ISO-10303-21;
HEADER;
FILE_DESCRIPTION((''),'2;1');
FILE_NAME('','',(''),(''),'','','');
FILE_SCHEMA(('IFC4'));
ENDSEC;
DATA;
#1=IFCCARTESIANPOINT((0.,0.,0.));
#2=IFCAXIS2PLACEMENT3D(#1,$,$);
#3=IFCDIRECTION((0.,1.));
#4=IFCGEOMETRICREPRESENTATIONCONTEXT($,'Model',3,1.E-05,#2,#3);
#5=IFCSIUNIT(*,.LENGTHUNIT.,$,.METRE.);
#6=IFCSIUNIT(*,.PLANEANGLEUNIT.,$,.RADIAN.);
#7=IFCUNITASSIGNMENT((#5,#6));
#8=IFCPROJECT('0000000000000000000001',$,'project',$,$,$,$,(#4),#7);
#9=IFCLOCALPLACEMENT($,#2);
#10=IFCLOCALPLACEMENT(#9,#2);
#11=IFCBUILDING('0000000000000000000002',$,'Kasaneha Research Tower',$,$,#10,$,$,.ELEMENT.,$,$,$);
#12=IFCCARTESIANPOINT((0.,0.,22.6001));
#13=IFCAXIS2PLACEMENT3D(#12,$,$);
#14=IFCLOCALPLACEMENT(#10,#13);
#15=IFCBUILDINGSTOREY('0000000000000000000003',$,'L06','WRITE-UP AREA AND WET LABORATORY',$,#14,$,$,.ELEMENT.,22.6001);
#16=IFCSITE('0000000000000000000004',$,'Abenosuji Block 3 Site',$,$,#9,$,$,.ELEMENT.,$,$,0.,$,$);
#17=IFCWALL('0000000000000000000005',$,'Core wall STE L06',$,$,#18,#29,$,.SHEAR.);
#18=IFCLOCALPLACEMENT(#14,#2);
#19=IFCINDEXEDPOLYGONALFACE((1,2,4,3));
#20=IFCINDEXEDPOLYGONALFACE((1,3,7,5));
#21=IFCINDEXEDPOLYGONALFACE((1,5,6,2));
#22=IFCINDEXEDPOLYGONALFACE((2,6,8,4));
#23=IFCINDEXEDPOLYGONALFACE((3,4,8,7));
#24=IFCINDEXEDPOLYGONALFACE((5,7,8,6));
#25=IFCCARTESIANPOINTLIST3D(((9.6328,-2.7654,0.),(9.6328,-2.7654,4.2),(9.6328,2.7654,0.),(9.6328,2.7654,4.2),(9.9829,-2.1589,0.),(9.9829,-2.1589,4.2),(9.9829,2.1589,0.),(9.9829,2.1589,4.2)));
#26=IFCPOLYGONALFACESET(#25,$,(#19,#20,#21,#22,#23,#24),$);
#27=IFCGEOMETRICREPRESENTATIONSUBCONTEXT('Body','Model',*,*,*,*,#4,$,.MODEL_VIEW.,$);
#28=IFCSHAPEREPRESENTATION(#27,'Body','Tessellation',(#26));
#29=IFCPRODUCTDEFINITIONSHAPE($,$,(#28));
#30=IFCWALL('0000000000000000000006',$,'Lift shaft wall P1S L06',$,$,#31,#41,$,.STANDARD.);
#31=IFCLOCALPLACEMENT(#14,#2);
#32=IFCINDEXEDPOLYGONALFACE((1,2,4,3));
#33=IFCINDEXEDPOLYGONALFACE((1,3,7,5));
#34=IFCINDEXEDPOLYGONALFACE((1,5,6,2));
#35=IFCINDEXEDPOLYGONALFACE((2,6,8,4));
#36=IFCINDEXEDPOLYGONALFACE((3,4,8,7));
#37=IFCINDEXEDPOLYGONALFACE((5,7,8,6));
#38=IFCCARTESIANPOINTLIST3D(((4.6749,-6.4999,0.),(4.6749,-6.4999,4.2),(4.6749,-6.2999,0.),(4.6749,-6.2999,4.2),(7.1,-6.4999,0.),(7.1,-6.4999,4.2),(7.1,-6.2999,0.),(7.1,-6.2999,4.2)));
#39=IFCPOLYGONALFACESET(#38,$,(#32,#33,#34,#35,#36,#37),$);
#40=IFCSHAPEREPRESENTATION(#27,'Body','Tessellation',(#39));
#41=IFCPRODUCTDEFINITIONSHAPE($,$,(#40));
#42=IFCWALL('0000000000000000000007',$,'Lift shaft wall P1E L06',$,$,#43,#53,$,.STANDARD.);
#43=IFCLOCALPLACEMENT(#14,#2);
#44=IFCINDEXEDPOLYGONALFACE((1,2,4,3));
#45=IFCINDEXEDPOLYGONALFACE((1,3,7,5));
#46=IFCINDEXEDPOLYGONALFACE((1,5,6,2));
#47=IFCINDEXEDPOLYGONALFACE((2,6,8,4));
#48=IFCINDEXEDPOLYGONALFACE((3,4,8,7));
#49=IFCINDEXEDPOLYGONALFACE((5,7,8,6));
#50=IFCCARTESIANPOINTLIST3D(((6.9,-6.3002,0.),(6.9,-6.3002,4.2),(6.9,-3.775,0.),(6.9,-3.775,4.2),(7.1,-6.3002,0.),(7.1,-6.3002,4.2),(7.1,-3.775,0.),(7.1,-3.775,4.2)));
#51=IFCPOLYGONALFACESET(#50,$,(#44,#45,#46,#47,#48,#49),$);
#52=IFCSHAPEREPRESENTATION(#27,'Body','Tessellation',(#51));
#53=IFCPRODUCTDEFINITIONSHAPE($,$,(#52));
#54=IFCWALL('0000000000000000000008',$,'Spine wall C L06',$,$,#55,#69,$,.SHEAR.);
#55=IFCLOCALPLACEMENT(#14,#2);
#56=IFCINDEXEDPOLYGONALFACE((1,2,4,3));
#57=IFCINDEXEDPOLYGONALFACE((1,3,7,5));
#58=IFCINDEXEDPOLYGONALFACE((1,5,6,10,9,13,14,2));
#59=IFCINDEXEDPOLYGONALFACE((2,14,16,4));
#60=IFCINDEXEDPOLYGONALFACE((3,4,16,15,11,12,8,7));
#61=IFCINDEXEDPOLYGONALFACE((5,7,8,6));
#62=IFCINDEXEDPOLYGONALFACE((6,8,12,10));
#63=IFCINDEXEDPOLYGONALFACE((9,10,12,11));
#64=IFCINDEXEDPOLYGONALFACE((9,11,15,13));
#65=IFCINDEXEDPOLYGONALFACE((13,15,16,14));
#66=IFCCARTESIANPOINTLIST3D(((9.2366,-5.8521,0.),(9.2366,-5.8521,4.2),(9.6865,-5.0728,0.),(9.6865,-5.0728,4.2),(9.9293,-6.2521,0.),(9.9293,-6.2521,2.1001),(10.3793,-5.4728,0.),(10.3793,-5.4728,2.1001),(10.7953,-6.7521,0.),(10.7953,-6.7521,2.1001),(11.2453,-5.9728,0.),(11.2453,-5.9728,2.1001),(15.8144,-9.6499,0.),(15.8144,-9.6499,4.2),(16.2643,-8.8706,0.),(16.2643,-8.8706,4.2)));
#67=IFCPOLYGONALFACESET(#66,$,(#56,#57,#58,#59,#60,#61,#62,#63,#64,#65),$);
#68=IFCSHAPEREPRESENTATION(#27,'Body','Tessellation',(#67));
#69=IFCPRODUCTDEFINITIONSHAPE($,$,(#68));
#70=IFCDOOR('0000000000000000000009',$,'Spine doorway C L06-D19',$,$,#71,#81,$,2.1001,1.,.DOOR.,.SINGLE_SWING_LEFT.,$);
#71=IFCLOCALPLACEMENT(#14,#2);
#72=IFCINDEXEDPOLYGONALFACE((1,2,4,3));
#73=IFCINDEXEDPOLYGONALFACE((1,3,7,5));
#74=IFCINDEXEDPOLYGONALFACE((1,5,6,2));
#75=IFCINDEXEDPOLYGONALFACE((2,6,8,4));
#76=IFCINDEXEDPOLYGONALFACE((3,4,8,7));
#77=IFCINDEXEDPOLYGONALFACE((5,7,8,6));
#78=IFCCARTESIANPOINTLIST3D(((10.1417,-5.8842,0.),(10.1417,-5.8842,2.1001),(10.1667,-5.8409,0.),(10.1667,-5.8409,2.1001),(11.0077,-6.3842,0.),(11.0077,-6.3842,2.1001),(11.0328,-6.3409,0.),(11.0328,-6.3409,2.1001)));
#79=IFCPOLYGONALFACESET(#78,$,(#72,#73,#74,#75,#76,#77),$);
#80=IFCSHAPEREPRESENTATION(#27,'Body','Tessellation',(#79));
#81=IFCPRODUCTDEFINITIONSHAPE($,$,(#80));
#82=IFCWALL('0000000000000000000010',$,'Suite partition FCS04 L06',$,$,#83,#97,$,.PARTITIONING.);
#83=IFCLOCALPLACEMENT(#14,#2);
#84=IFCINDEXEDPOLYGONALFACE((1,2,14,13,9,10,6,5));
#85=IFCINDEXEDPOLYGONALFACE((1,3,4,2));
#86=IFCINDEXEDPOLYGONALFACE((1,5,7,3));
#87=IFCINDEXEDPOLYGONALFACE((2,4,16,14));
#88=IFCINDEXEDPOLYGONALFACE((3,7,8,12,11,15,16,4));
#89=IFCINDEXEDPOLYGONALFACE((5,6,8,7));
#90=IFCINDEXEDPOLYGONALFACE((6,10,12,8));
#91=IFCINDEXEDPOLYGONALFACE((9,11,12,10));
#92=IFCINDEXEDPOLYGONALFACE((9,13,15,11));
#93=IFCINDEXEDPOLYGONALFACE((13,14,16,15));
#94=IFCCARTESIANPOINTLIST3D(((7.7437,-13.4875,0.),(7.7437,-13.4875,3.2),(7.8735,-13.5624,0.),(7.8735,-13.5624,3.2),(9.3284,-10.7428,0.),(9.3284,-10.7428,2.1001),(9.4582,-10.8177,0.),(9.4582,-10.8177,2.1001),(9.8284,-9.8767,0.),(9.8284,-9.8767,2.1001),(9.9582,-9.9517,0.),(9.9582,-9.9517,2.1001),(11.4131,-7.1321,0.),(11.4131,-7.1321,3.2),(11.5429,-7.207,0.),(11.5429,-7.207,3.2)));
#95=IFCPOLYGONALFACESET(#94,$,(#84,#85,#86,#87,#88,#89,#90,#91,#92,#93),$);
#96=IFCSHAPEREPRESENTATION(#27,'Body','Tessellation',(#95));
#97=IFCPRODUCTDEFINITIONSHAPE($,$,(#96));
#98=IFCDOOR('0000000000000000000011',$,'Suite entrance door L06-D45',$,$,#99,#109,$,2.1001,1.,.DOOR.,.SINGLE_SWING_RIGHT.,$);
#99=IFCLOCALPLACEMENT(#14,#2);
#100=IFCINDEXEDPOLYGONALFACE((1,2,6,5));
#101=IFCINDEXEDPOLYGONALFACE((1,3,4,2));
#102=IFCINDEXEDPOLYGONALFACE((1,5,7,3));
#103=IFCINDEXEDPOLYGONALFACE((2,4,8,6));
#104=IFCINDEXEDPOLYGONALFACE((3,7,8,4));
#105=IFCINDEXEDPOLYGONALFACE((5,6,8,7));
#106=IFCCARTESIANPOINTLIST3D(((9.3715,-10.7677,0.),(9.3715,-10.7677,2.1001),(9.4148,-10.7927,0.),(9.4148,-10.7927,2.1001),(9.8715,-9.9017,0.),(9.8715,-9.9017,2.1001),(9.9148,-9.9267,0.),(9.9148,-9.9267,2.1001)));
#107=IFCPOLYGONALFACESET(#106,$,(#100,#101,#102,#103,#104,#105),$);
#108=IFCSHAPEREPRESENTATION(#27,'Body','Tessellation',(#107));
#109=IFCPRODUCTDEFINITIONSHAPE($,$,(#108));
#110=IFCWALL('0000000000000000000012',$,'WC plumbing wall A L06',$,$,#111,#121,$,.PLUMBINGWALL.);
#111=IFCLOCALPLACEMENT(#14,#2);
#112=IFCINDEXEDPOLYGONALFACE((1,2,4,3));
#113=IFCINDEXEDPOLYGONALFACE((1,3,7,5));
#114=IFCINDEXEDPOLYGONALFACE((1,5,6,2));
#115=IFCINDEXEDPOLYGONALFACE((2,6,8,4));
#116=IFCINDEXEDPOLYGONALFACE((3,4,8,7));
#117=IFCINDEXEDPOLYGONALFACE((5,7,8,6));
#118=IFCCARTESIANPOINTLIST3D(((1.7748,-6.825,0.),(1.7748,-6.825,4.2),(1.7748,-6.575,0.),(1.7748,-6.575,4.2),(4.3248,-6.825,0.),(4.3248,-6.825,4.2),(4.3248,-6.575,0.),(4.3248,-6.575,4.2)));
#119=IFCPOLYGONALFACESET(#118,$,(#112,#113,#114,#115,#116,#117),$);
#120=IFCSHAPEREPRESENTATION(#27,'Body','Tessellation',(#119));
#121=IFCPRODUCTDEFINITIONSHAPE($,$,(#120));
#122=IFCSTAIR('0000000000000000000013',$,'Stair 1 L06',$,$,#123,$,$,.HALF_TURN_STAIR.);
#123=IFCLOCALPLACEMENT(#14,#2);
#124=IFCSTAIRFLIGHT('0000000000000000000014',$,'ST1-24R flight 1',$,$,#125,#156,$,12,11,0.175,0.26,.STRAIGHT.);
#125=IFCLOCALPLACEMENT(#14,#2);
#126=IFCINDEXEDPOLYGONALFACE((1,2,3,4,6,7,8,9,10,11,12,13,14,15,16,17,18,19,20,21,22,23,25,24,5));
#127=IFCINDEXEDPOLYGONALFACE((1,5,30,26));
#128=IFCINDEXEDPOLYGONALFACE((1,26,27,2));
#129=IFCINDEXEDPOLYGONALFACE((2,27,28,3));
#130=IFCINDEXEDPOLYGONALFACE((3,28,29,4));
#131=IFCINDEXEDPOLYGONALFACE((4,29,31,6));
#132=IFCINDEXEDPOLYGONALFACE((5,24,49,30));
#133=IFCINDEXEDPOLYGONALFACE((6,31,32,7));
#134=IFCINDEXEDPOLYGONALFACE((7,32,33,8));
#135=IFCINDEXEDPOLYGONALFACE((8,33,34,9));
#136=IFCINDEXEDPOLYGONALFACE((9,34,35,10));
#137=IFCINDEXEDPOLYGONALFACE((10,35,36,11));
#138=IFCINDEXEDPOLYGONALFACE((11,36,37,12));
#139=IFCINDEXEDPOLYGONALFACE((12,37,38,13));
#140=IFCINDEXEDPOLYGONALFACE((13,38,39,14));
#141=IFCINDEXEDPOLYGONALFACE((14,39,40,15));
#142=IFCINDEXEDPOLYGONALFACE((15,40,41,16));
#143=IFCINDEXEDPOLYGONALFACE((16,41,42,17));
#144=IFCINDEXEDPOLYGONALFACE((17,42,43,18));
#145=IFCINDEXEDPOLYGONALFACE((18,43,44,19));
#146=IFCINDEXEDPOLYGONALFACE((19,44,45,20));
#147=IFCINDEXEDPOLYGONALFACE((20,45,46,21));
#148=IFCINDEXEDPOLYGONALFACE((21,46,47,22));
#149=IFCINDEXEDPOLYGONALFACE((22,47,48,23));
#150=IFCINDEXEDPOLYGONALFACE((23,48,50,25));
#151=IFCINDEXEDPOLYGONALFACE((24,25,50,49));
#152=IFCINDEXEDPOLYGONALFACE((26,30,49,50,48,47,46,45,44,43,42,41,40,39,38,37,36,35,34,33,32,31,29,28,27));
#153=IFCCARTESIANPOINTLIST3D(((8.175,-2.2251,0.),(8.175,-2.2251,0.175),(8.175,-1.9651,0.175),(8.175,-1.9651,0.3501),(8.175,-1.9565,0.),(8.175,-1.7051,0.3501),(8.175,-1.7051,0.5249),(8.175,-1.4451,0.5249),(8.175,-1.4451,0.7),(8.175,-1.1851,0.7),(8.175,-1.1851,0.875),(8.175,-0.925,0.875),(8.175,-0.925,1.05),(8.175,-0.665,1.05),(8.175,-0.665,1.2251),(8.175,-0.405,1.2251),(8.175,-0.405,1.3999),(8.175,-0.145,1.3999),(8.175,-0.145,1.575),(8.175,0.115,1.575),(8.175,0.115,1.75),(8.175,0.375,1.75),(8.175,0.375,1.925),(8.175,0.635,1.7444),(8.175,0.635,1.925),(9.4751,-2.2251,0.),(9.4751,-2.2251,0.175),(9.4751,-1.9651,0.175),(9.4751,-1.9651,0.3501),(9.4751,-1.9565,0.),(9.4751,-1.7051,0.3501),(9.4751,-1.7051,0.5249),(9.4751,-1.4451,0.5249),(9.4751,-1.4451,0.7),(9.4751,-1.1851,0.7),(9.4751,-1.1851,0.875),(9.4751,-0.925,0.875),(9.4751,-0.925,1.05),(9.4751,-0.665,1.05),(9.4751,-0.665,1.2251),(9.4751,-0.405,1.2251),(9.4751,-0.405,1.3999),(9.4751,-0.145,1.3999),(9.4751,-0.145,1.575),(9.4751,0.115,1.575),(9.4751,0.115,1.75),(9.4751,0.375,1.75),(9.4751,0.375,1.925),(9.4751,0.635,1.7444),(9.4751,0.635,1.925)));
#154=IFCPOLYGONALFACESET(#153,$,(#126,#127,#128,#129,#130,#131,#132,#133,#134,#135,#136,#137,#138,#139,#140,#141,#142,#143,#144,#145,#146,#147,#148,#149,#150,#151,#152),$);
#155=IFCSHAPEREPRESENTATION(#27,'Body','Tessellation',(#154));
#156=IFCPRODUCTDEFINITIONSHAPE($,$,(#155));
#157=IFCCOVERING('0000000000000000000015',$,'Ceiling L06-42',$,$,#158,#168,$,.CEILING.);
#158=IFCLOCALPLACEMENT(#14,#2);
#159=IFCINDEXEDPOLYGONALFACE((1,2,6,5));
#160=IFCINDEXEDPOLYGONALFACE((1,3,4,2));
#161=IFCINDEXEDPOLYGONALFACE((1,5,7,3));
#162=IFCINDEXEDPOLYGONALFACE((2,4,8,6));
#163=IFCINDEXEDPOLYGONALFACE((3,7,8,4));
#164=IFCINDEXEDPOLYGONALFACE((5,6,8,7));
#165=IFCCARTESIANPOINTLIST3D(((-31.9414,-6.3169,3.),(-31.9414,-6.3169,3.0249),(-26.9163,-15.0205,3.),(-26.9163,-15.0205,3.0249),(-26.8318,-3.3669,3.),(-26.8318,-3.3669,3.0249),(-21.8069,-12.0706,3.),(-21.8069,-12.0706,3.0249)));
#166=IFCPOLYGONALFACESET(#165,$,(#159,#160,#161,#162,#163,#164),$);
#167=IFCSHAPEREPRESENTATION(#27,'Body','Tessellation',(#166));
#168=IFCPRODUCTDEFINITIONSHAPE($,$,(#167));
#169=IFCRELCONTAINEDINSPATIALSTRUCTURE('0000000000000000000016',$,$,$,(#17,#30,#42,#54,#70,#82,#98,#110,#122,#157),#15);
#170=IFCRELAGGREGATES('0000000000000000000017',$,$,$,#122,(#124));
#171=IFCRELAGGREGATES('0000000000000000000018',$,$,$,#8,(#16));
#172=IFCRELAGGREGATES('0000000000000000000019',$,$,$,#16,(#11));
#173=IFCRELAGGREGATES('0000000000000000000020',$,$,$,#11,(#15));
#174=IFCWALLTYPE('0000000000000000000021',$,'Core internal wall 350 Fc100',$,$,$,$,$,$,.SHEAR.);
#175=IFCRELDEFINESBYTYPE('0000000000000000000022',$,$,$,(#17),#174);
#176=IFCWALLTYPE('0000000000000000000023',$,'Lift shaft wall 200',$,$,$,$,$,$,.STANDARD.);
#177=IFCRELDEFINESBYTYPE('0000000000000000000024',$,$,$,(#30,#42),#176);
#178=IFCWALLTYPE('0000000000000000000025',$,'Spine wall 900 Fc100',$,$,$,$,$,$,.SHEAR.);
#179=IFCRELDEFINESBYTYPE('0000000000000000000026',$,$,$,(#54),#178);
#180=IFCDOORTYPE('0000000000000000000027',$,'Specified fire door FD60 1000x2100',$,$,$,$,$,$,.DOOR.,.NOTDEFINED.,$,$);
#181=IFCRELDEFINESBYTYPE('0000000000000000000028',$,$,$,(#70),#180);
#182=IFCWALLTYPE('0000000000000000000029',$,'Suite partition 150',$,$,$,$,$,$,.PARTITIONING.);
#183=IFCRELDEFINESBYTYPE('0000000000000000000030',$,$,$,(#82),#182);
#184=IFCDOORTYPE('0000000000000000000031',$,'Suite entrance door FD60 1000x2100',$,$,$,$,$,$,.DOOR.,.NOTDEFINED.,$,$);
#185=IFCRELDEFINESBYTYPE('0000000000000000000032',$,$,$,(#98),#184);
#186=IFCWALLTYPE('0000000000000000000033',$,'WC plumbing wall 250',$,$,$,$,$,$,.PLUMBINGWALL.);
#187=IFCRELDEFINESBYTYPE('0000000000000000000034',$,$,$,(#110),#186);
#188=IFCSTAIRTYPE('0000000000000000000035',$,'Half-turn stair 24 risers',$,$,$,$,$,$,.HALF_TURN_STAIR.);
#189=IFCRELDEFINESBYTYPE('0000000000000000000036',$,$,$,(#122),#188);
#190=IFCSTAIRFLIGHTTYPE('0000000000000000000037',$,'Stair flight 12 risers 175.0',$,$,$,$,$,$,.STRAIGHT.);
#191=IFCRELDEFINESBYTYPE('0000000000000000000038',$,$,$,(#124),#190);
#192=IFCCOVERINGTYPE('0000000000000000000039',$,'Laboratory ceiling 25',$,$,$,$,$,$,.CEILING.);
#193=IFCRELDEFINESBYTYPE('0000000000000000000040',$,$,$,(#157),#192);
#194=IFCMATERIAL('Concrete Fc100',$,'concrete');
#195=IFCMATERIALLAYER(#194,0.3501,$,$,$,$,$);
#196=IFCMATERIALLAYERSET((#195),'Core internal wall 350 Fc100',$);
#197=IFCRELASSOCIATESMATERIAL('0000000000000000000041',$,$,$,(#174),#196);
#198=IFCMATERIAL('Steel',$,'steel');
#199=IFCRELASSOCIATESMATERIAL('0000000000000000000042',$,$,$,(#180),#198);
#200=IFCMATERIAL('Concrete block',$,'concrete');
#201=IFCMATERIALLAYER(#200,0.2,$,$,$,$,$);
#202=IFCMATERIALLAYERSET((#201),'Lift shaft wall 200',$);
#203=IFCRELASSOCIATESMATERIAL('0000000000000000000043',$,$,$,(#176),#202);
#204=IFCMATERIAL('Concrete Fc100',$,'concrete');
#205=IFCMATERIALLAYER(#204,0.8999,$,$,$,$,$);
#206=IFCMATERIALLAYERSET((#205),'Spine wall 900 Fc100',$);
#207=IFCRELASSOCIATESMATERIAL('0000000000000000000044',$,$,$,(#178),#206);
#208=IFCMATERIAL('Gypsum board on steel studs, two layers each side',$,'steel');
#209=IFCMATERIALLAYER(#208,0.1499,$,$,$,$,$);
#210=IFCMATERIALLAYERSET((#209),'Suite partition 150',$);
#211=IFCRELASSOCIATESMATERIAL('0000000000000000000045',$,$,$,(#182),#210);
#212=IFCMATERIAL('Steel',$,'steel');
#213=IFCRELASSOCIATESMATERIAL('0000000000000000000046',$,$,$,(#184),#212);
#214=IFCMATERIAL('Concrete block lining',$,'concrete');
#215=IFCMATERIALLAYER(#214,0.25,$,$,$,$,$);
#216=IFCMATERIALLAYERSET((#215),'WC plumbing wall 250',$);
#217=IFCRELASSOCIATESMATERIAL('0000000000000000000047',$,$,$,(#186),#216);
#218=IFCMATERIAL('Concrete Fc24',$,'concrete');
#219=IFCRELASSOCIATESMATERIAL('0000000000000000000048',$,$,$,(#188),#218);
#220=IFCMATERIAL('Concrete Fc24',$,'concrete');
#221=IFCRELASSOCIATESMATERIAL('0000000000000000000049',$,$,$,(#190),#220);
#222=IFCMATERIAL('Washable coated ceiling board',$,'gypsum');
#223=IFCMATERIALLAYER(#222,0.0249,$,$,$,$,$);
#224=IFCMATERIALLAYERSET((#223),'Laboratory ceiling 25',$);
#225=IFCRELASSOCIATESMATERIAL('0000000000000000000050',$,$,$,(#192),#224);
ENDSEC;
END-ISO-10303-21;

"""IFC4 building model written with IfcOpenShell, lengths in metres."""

from ifc_helpers import new_model, si_unit, direction, frame, frame_2d, origin, place, context, subcontext, project, spatial, polyline, rectangle, outline, extrude, material, layer, layer_set, type_object, element, fill, aggregate, save


model = new_model("IFC4")

# Units and contexts
model_context = context("Model", 3, precision=1e-05, world=origin(), true_north=direction((0.0, 1.0)))
body_context = subcontext(model_context, "Body", "Model", "MODEL_VIEW")
ifc_project = project(units=[si_unit("LENGTHUNIT", "METRE"), si_unit("PLANEANGLEUNIT", "RADIAN")], contexts=[model_context])

# Site, building, storey
site_placement = place(None, origin())
site = spatial("IfcSite", under=ifc_project, at=site_placement, Name="Abenosuji Block 3 Site", CompositionType="ELEMENT", RefElevation=0.0)
building_placement = place(site_placement, origin())
building = spatial("IfcBuilding", under=site, at=building_placement, Name="Kasaneha Research Tower", CompositionType="ELEMENT")
storey_placement = place(building_placement, frame((0.0, 0.0, 22.6001)))
storey = spatial("IfcBuildingStorey", under=building, at=storey_placement, Name="L06", Description="WRITE-UP AREA AND WET LABORATORY", CompositionType="ELEMENT", Elevation=22.6001)

# Shared definitions
ifc_material_1 = material(Name="Concrete Fc100", Category="concrete")
ifc_layer_1 = layer(ifc_material_1, 0.3501)
ifc_layer_set_1 = layer_set([ifc_layer_1], Name="Core internal wall 350 Fc100")
wall_type_1 = type_object("IfcWallType", Name="Core internal wall 350 Fc100", PredefinedType="SHEAR", material=ifc_layer_set_1)
ifc_material_2 = material(Name="Steel", Category="steel")
door_type_1 = type_object("IfcDoorType", Name="Specified fire door FD60 1000x2100", OperationType="NOTDEFINED", PredefinedType="DOOR", material=ifc_material_2)

# Walls
wall_1_placement = place(storey_placement, frame((9.8079, -2.4622, 0.0), z_axis=(0.0, 0.0, 1.0), x_axis=(0.0, 1.0, 0.0)))
element("IfcWall", 1, at=wall_1_placement, inside=storey, type_object=wall_type_1, Name="Core wall STE L06", PredefinedType="SHEAR", context=body_context, shape_type="SweptSolid", body=[
    extrude(outline(polyline([(0.3032, -0.175), (4.6211, -0.175), (5.2275, 0.175), (-0.3032, 0.175), (0.3032, -0.175)])), origin(), (0.0, 0.0, 1.0), 4.2),
])
ifc_material_3 = material(Name="Concrete block", Category="concrete")
ifc_layer_2 = layer(ifc_material_3, 0.2)
ifc_layer_set_2 = layer_set([ifc_layer_2], Name="Lift shaft wall 200")
wall_type_2 = type_object("IfcWallType", Name="Lift shaft wall 200", PredefinedType="STANDARD", material=ifc_layer_set_2)
wall_2_placement = place(storey_placement, frame((4.675, -6.3999, 0.0), z_axis=(0.0, 0.0, 1.0), x_axis=(1.0, 0.0, 0.0)))
element("IfcWall", 2, at=wall_2_placement, inside=storey, type_object=wall_type_2, Name="Lift shaft wall P1S L06", PredefinedType="STANDARD", context=body_context, shape_type="SweptSolid", body=[
    extrude(rectangle(XDim=2.425, YDim=0.2, at=frame_2d((1.2124, 0.0))), origin(), (0.0, 0.0, 1.0), 4.2),
])
wall_3_placement = place(storey_placement, frame((7.0, -3.7749, 0.0), z_axis=(0.0, 0.0, 1.0), x_axis=(0.0, -1.0, 0.0)))
element("IfcWall", 3, at=wall_3_placement, inside=storey, type_object=wall_type_2, Name="Lift shaft wall P1E L06", PredefinedType="STANDARD", context=body_context, shape_type="SweptSolid", body=[
    extrude(rectangle(XDim=2.5251, YDim=0.2, at=frame_2d((1.2627, 0.0))), origin(), (0.0, 0.0, 1.0), 4.2),
])

# Walls, openings, doors
ifc_material_4 = material(Name="Concrete Fc100", Category="concrete")
ifc_layer_3 = layer(ifc_material_4, 0.8999)
ifc_layer_set_3 = layer_set([ifc_layer_3], Name="Spine wall 900 Fc100")
wall_type_3 = type_object("IfcWallType", Name="Spine wall 900 Fc100", PredefinedType="SHEAR", material=ifc_layer_set_3)
wall_4_placement = place(storey_placement, frame((9.4614, -5.4624, 0.0), z_axis=(0.0, 0.0, 1.0), x_axis=(0.866019, -0.500011, 0.0)))
wall_4 = element("IfcWall", 4, at=wall_4_placement, inside=storey, type_object=wall_type_3, Name="Spine wall C L06", PredefinedType="SHEAR", context=body_context, shape_type="SweptSolid", body=[
    extrude(rectangle(XDim=7.5955, YDim=0.8999, at=frame_2d((3.7979, 0.0))), origin(), (0.0, 0.0, 1.0), 4.2),
])
opening_1_placement = place(wall_4_placement, frame((0.8, 0.0, 0.0)))
opening_1 = element("IfcOpeningElement", 5, at=opening_1_placement, cuts=wall_4, PredefinedType="OPENING", context=body_context, shape_type="SweptSolid", body=[
    extrude(rectangle(XDim=1.0, YDim=2.1001, at=frame_2d((0.5, 1.05))), frame((0.0, 0.46, 0.0), z_axis=(0.0, -1.0, 0.0), x_axis=(1.0, 0.0, 0.0)), (0.0, 0.0, 1.0), 0.9199),
])
door_1_placement = place(opening_1_placement, origin())
door_1 = element("IfcDoor", 6, at=door_1_placement, inside=storey, type_object=door_type_1, Name="Spine doorway C L06-D19", OperationType="SINGLE_SWING_LEFT", OverallHeight=2.1001, OverallWidth=1.0, PredefinedType="DOOR", context=body_context, shape_type="SweptSolid", body=[
    extrude(rectangle(XDim=1.0, YDim=2.1001, at=frame_2d((0.5, 1.05))), frame((0.0, 0.0249, 0.0), z_axis=(0.0, -1.0, 0.0), x_axis=(1.0, 0.0, 0.0)), (0.0, 0.0, 1.0), 0.05),
])
fill(opening_1, door_1)
ifc_material_5 = material(Name="Gypsum board on steel studs, two layers each side", Category="steel")
ifc_layer_4 = layer(ifc_material_5, 0.1499)
ifc_layer_set_4 = layer_set([ifc_layer_4], Name="Suite partition 150")
wall_type_4 = type_object("IfcWallType", Name="Suite partition 150", PredefinedType="PARTITIONING", material=ifc_layer_set_4)
wall_5_placement = place(storey_placement, frame((11.478, -7.1694, 0.0), z_axis=(0.0, 0.0, 1.0), x_axis=(-0.50001, -0.866019, 0.0)))
wall_5 = element("IfcWall", 7, at=wall_5_placement, inside=storey, type_object=wall_type_4, Name="Suite partition FCS04 L06", PredefinedType="PARTITIONING", context=body_context, shape_type="SweptSolid", body=[
    extrude(rectangle(XDim=7.3386, YDim=0.1499, at=frame_2d((3.6694, 0.0))), origin(), (0.0, 0.0, 1.0), 3.2),
])
opening_2_placement = place(wall_5_placement, frame((3.1694, 0.0, 0.0)))
opening_2 = element("IfcOpeningElement", 8, at=opening_2_placement, cuts=wall_5, PredefinedType="OPENING", context=body_context, shape_type="SweptSolid", body=[
    extrude(rectangle(XDim=1.0, YDim=2.1001, at=frame_2d((0.5, 1.05))), frame((0.0, 0.085, 0.0), z_axis=(0.0, -1.0, 0.0), x_axis=(1.0, 0.0, 0.0)), (0.0, 0.0, 1.0), 0.1699),
])
ifc_material_6 = material(Name="Steel", Category="steel")
door_type_2 = type_object("IfcDoorType", Name="Suite entrance door FD60 1000x2100", OperationType="NOTDEFINED", PredefinedType="DOOR", material=ifc_material_6)
door_2_placement = place(opening_2_placement, origin())
door_2 = element("IfcDoor", 9, at=door_2_placement, inside=storey, type_object=door_type_2, Name="Suite entrance door L06-D45", OperationType="SINGLE_SWING_RIGHT", OverallHeight=2.1001, OverallWidth=1.0, PredefinedType="DOOR", context=body_context, shape_type="SweptSolid", body=[
    extrude(rectangle(XDim=1.0, YDim=2.1001, at=frame_2d((0.5, 1.05))), frame((0.0, 0.0249, 0.0), z_axis=(0.0, -1.0, 0.0), x_axis=(1.0, 0.0, 0.0)), (0.0, 0.0, 1.0), 0.05),
])
fill(opening_2, door_2)

# Wall
ifc_material_7 = material(Name="Concrete block lining", Category="concrete")
ifc_layer_5 = layer(ifc_material_7, 0.25)
ifc_layer_set_5 = layer_set([ifc_layer_5], Name="WC plumbing wall 250")
wall_type_5 = type_object("IfcWallType", Name="WC plumbing wall 250", PredefinedType="PLUMBINGWALL", material=ifc_layer_set_5)
wall_6_placement = place(storey_placement, frame((1.7749, -6.7, 0.0), z_axis=(0.0, 0.0, 1.0), x_axis=(1.0, 0.0, 0.0)))
element("IfcWall", 10, at=wall_6_placement, inside=storey, type_object=wall_type_5, Name="WC plumbing wall A L06", PredefinedType="PLUMBINGWALL", context=body_context, shape_type="SweptSolid", body=[
    extrude(rectangle(XDim=2.55, YDim=0.25, at=frame_2d((1.2749, 0.0))), origin(), (0.0, 0.0, 1.0), 4.2),
])

# Stair, stair flight
ifc_material_8 = material(Name="Concrete Fc24", Category="concrete")
stair_type = type_object("IfcStairType", Name="Half-turn stair 24 risers", PredefinedType="HALF_TURN_STAIR", material=ifc_material_8)
stair_placement = place(storey_placement, origin())
stair = element("IfcStair", 11, at=stair_placement, inside=storey, type_object=stair_type, Name="Stair 1 L06", PredefinedType="HALF_TURN_STAIR")
ifc_material_9 = material(Name="Concrete Fc24", Category="concrete")
stair_flight_type = type_object("IfcStairFlightType", Name="Stair flight 12 risers 175.0", PredefinedType="STRAIGHT", material=ifc_material_9)
stair_flight_placement = place(storey_placement, frame((8.825, -2.2251, 0.0), z_axis=(0.0, 0.0, 1.0), x_axis=(0.0, 1.0, 0.0)))
stair_flight = element("IfcStairFlight", 12, at=stair_flight_placement, type_object=stair_flight_type, Name="ST1-24R flight 1", NumberOfRisers=12, NumberOfTreads=11, PredefinedType="STRAIGHT", RiserHeight=0.175, TreadLength=0.26, context=body_context, shape_type="SweptSolid", body=[
    extrude(outline(polyline([(0.0, 0.0), (0.0, 0.175), (0.26, 0.175), (0.26, 0.3501), (0.52, 0.3501), (0.52, 0.5249), (0.78, 0.5249), (0.78, 0.7), (1.04, 0.7), (1.04, 0.875), (1.3, 0.875), (1.3, 1.05), (1.5601, 1.05), (1.5601, 1.2251), (1.8201, 1.2251), (1.8201, 1.3999), (2.0801, 1.3999), (2.0801, 1.575), (2.3401, 1.575), (2.3401, 1.75), (2.6001, 1.75), (2.6001, 1.925), (2.8601, 1.925), (2.8601, 2.1001), (2.8601, 1.7444), (0.2686, 0.0), (0.0, 0.0)])), frame((0.0, 0.6499, 0.0), z_axis=(0.0, -1.0, 0.0), x_axis=(1.0, 0.0, 0.0)), (0.0, 0.0, 1.0), 1.3),
])
aggregate(stair, [stair_flight])

# Covering
ifc_material_10 = material(Name="Washable coated ceiling board", Category="gypsum")
ifc_layer_6 = layer(ifc_material_10, 0.0249)
ifc_layer_set_6 = layer_set([ifc_layer_6], Name="Laboratory ceiling 25")
covering_type = type_object("IfcCoveringType", Name="Laboratory ceiling 25", PredefinedType="CEILING", material=ifc_layer_set_6)
covering_1_placement = place(storey_placement, frame((0.0, 0.0, 3.0)))
element("IfcCovering", 13, at=covering_1_placement, inside=storey, type_object=covering_type, Name="Ceiling L06-42", PredefinedType="CEILING", context=body_context, shape_type="SweptSolid", body=[
    extrude(outline(polyline([(-31.9414, -6.3169), (-26.8318, -3.3669), (-21.8069, -12.0706), (-26.9163, -15.0205), (-31.9414, -6.3169)])), origin(), (0.0, 0.0, 1.0), 0.0249),
])

save(model, "model.ifc")
